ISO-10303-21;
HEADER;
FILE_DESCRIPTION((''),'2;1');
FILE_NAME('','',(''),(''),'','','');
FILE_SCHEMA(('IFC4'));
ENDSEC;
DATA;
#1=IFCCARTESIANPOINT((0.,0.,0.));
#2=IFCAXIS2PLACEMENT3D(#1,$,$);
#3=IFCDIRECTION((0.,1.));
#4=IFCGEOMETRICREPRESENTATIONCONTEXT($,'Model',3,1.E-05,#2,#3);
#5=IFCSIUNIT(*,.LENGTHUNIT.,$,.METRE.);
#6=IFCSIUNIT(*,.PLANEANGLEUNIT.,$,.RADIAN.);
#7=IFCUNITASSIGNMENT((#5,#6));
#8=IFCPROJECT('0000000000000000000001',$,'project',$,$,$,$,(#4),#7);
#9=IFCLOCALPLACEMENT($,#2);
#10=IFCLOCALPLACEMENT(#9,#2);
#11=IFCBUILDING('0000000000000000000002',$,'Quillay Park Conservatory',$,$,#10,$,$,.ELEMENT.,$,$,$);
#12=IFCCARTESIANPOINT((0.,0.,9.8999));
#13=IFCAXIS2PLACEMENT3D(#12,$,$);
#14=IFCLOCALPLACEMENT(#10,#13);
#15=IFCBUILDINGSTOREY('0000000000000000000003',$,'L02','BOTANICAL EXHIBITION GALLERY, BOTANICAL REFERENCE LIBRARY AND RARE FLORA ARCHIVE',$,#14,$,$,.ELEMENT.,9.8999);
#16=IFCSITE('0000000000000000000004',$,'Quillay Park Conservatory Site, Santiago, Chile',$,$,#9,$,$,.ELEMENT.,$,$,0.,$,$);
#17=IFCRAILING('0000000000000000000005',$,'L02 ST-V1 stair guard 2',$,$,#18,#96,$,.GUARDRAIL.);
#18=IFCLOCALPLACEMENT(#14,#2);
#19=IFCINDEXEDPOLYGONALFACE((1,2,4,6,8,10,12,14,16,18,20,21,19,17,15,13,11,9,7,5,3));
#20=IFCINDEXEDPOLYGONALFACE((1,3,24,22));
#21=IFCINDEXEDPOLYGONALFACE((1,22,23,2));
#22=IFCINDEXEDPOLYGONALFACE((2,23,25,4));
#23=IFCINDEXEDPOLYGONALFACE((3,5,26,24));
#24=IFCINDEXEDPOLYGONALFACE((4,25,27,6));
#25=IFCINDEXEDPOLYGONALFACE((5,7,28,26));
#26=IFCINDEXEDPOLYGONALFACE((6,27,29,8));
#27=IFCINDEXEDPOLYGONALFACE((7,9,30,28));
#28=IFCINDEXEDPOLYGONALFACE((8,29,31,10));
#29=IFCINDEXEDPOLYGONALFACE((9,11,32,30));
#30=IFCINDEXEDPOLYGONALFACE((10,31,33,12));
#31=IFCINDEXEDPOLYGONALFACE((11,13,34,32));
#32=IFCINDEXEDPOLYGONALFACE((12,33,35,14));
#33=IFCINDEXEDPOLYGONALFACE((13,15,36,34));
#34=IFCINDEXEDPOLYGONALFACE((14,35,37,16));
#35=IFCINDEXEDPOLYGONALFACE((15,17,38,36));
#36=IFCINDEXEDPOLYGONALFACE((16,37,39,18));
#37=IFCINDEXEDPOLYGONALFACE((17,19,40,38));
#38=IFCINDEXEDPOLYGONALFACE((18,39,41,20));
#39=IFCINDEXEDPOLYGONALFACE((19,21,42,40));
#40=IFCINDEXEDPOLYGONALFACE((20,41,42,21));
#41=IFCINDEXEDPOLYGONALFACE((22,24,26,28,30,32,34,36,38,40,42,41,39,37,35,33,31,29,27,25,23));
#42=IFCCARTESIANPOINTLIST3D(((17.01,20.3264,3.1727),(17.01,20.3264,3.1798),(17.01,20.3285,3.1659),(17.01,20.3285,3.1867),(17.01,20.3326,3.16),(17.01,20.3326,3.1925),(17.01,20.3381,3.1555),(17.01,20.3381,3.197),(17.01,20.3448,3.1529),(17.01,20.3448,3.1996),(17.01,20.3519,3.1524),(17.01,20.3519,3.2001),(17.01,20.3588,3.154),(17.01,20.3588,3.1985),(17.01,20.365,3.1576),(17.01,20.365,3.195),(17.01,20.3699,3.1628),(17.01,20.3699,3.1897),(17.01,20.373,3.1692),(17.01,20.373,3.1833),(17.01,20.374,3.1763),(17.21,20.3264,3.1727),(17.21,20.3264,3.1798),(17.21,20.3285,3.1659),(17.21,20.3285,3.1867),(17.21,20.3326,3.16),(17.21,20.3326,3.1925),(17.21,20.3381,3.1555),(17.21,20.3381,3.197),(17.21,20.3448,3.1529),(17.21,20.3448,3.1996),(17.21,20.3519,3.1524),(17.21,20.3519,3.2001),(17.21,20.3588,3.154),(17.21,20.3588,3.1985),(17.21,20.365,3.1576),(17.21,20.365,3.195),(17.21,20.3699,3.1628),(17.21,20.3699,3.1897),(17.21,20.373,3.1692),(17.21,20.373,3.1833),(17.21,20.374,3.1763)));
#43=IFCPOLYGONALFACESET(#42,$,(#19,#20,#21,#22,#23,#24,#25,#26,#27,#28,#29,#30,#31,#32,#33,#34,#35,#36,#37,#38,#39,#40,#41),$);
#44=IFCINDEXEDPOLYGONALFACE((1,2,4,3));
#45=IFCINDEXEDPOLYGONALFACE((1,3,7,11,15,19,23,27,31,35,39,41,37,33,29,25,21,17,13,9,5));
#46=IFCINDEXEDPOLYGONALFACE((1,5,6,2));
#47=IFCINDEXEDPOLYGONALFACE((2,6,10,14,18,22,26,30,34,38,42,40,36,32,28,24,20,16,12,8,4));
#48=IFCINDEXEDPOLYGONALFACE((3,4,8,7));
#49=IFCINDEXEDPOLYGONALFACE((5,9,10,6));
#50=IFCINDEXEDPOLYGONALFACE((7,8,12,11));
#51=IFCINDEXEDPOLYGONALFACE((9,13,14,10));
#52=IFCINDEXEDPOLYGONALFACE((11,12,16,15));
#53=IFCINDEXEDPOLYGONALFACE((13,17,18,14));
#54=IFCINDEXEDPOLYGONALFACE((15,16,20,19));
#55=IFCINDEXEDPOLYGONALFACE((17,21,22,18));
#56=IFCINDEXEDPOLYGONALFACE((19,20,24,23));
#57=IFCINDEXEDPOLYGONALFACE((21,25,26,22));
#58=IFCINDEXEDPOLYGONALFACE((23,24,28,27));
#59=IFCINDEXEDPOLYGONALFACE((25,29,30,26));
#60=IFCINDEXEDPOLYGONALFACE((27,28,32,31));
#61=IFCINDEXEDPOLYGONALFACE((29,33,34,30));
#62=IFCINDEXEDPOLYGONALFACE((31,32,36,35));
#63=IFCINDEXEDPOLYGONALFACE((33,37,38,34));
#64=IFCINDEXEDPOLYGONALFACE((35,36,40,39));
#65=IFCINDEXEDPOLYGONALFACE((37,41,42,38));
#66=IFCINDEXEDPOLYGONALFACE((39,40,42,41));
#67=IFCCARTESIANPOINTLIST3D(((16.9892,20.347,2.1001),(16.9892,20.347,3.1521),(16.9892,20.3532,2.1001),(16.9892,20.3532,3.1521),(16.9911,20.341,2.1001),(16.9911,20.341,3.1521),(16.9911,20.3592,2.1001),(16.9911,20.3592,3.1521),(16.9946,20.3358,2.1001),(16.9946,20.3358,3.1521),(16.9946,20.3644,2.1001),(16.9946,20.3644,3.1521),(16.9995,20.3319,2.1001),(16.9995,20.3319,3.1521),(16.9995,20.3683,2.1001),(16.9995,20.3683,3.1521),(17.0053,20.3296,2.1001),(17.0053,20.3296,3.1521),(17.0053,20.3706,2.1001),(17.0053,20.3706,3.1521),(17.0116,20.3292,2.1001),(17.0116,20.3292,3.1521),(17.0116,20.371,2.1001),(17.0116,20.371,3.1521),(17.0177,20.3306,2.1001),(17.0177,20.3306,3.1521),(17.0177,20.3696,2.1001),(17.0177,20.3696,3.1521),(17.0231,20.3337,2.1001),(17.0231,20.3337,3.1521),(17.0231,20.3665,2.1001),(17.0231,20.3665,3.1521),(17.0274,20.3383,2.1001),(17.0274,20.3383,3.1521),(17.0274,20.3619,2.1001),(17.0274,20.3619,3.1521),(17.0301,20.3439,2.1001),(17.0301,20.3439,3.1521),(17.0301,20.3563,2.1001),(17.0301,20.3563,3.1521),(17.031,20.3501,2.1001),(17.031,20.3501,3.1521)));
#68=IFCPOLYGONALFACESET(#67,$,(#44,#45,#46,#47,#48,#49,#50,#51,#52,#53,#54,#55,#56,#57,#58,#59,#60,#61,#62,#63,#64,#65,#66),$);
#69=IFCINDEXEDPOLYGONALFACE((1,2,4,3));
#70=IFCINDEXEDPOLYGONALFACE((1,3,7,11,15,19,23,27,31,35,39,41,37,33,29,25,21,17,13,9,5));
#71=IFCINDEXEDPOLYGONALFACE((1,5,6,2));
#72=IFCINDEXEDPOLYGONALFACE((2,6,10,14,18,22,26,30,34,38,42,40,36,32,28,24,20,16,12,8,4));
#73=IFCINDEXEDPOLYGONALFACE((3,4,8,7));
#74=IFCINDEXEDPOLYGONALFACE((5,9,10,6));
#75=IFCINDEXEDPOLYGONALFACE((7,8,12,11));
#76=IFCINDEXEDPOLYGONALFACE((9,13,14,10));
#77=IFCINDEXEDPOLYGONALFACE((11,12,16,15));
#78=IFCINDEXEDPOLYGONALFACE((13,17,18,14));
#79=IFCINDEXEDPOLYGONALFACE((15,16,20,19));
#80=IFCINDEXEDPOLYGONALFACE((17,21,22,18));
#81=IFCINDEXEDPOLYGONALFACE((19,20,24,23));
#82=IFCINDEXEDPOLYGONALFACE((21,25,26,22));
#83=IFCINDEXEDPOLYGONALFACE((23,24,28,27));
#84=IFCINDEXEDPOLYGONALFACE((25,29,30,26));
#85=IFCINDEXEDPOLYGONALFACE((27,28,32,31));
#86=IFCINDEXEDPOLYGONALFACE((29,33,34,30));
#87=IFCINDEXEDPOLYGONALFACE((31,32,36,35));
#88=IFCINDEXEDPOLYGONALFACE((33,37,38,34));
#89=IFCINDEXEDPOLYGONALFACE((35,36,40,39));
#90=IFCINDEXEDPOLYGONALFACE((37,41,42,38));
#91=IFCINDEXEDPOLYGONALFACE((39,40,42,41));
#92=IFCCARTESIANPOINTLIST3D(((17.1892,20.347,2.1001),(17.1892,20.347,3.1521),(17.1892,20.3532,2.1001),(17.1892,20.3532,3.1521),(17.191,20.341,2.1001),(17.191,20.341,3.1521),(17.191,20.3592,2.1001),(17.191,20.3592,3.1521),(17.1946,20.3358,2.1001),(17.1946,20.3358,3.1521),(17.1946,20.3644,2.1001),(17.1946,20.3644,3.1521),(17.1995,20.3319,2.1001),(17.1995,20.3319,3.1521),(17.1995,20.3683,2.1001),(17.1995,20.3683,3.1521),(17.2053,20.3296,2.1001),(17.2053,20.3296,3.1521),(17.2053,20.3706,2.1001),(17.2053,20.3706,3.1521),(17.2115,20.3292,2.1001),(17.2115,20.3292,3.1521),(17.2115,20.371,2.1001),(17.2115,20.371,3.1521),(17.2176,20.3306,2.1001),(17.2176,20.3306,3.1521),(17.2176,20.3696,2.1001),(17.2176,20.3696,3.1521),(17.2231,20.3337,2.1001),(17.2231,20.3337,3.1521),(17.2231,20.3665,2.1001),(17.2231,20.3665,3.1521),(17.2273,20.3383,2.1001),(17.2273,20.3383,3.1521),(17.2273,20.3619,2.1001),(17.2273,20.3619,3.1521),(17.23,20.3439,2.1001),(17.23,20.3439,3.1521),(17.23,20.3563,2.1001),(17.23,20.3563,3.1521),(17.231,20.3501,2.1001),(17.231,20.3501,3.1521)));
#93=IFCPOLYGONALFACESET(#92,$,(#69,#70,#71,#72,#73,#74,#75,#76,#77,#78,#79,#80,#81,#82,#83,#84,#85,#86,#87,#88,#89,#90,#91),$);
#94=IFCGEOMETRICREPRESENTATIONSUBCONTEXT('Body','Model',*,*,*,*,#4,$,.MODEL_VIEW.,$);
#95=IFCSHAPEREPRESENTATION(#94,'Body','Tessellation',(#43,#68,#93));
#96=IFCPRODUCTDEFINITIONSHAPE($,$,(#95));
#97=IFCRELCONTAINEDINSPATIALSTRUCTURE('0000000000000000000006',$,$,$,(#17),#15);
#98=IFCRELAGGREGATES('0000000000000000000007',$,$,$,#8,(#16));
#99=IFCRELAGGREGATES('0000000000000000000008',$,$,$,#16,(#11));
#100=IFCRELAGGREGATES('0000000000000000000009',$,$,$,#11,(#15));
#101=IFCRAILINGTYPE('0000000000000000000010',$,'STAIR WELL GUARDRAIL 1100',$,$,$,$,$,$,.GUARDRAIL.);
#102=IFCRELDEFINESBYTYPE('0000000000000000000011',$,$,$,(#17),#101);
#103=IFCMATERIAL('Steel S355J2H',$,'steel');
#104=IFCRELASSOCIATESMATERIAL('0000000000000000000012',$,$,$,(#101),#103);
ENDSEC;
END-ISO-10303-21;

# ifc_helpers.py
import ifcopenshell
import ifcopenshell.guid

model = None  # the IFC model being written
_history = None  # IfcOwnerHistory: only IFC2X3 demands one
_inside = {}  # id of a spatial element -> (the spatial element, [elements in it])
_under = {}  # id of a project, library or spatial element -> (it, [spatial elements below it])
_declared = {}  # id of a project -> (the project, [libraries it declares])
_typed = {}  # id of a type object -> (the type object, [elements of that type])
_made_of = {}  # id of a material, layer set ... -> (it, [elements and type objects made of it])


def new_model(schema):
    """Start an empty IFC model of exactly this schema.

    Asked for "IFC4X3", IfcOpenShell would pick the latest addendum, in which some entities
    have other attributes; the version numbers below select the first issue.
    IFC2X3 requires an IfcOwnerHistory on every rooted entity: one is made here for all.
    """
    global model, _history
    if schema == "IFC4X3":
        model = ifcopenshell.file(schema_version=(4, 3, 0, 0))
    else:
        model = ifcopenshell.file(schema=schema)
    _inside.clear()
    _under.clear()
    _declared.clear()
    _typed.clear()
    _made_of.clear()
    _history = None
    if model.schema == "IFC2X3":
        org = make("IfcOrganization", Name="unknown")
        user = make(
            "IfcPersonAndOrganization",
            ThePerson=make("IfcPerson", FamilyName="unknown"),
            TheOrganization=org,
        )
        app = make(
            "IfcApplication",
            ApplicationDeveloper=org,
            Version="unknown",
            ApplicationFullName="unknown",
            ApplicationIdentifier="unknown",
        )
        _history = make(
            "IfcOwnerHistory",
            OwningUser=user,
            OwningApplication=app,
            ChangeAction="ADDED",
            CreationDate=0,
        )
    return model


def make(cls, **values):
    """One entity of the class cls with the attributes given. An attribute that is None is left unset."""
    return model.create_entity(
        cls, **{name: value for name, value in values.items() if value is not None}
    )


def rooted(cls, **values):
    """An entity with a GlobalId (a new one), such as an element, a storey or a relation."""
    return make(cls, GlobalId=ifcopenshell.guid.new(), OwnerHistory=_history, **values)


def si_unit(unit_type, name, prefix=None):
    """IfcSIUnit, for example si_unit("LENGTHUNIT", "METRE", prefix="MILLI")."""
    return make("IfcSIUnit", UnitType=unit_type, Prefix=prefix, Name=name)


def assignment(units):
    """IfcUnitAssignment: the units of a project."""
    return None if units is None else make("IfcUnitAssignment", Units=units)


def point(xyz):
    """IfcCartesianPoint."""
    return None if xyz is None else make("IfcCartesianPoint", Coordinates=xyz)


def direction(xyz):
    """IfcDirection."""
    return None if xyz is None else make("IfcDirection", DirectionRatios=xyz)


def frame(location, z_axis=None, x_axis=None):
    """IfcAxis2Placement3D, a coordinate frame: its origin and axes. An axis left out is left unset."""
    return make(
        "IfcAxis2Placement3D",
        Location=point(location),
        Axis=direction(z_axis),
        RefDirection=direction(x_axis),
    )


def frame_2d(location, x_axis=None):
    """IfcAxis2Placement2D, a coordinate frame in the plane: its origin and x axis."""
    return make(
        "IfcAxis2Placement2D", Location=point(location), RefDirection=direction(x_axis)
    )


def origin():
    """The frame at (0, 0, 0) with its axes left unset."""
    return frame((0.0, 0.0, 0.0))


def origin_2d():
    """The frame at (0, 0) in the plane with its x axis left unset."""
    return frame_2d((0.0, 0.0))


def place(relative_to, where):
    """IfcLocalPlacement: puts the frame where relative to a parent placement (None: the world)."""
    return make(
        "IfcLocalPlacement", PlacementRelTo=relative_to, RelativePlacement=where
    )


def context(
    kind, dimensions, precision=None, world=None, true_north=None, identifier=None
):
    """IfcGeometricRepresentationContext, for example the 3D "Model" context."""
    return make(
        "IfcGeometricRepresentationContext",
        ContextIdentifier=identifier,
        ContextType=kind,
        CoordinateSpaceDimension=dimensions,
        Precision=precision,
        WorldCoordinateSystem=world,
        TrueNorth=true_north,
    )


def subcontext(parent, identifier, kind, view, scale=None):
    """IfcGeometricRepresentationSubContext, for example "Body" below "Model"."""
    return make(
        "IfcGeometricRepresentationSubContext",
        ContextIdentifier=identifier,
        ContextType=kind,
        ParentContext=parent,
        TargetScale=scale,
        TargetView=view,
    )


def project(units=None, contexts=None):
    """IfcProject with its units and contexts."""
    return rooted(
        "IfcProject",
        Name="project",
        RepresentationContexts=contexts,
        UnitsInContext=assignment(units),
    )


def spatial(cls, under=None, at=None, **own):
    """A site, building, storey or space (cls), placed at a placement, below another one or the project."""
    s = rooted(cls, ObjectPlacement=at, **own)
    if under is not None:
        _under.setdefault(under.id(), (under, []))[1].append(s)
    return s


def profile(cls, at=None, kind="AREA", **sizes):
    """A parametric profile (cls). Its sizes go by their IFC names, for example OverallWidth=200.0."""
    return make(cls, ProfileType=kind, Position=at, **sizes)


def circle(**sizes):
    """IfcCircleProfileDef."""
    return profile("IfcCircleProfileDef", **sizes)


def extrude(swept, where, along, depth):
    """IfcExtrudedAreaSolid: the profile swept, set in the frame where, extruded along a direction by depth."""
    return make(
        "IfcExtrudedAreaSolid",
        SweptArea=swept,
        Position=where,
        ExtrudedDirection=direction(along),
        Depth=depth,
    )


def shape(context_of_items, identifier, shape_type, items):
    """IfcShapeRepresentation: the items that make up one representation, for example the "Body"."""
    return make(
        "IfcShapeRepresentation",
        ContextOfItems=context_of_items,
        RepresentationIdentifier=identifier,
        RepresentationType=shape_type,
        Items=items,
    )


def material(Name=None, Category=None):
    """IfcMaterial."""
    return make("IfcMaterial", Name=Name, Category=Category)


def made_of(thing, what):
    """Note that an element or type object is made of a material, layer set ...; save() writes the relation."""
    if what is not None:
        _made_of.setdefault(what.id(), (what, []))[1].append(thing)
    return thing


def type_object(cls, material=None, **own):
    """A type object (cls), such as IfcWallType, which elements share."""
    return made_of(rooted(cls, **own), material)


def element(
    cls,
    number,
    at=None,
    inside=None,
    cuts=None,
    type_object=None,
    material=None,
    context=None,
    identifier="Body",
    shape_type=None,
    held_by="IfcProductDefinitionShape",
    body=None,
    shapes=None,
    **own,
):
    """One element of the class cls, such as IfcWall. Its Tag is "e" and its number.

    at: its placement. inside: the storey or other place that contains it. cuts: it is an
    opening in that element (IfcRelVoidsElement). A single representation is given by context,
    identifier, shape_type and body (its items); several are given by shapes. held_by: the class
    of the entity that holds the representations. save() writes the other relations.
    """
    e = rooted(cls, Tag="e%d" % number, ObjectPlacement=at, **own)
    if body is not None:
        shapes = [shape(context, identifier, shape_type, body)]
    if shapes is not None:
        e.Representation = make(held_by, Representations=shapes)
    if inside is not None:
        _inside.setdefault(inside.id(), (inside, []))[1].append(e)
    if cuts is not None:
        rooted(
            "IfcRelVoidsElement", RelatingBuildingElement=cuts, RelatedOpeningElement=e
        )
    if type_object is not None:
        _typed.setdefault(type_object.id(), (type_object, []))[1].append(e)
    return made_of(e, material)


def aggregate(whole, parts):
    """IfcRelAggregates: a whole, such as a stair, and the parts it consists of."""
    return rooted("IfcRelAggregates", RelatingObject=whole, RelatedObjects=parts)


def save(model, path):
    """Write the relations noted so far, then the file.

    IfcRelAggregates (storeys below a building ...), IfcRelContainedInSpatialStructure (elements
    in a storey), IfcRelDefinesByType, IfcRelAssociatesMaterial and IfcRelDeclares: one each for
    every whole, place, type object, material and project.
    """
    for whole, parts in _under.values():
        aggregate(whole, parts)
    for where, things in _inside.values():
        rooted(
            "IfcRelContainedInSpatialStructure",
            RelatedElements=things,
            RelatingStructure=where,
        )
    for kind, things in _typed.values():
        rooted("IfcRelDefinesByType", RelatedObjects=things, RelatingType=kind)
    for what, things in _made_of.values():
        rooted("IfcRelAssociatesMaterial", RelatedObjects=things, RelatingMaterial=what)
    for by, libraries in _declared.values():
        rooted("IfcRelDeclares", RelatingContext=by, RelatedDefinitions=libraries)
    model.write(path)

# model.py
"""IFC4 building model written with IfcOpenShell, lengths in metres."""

from ifc_helpers import new_model, si_unit, direction, frame, origin, origin_2d, place, context, subcontext, project, spatial, circle, extrude, material, type_object, element, save


model = new_model("IFC4")

# Units and contexts
model_context = context("Model", 3, precision=1e-05, world=origin(), true_north=direction((0.0, 1.0)))
body_context = subcontext(model_context, "Body", "Model", "MODEL_VIEW")
ifc_project = project(units=[si_unit("LENGTHUNIT", "METRE"), si_unit("PLANEANGLEUNIT", "RADIAN")], contexts=[model_context])

# Site, building, storey
site_placement = place(None, origin())
site = spatial("IfcSite", under=ifc_project, at=site_placement, Name="Quillay Park Conservatory Site, Santiago, Chile", CompositionType="ELEMENT", RefElevation=0.0)
building_placement = place(site_placement, origin())
building = spatial("IfcBuilding", under=site, at=building_placement, Name="Quillay Park Conservatory", CompositionType="ELEMENT")
storey_placement = place(building_placement, frame((0.0, 0.0, 9.8999)))
storey = spatial("IfcBuildingStorey", under=building, at=storey_placement, Name="L02", Description="BOTANICAL EXHIBITION GALLERY, BOTANICAL REFERENCE LIBRARY AND RARE FLORA ARCHIVE", CompositionType="ELEMENT", Elevation=9.8999)

# Railing
ifc_material_1 = material(Name="Steel S355J2H", Category="steel")
railing_type_1 = type_object("IfcRailingType", Name="STAIR WELL GUARDRAIL 1100", PredefinedType="GUARDRAIL", material=ifc_material_1)
railing_1_placement = place(storey_placement, frame((17.01, 20.3501, 2.1001)))
element("IfcRailing", 1, at=railing_1_placement, inside=storey, type_object=railing_type_1, Name="L02 ST-V1 stair guard 2", PredefinedType="GUARDRAIL", context=body_context, shape_type="SweptSolid", body=[
    extrude(circle(Radius=0.0239, at=origin_2d()), frame((0.0, 0.0, 1.0762), z_axis=(1.0, 0.0, 0.0), x_axis=(0.0, 1.0, 0.0)), (0.0, 0.0, 1.0), 0.2),
    extrude(circle(Radius=0.021, at=origin_2d()), origin(), (0.0, 0.0, 1.0), 1.052),
    extrude(circle(Radius=0.021, at=origin_2d()), frame((0.2, 0.0, 0.0)), (0.0, 0.0, 1.0), 1.052),
])

save(model, "model.ifc")
